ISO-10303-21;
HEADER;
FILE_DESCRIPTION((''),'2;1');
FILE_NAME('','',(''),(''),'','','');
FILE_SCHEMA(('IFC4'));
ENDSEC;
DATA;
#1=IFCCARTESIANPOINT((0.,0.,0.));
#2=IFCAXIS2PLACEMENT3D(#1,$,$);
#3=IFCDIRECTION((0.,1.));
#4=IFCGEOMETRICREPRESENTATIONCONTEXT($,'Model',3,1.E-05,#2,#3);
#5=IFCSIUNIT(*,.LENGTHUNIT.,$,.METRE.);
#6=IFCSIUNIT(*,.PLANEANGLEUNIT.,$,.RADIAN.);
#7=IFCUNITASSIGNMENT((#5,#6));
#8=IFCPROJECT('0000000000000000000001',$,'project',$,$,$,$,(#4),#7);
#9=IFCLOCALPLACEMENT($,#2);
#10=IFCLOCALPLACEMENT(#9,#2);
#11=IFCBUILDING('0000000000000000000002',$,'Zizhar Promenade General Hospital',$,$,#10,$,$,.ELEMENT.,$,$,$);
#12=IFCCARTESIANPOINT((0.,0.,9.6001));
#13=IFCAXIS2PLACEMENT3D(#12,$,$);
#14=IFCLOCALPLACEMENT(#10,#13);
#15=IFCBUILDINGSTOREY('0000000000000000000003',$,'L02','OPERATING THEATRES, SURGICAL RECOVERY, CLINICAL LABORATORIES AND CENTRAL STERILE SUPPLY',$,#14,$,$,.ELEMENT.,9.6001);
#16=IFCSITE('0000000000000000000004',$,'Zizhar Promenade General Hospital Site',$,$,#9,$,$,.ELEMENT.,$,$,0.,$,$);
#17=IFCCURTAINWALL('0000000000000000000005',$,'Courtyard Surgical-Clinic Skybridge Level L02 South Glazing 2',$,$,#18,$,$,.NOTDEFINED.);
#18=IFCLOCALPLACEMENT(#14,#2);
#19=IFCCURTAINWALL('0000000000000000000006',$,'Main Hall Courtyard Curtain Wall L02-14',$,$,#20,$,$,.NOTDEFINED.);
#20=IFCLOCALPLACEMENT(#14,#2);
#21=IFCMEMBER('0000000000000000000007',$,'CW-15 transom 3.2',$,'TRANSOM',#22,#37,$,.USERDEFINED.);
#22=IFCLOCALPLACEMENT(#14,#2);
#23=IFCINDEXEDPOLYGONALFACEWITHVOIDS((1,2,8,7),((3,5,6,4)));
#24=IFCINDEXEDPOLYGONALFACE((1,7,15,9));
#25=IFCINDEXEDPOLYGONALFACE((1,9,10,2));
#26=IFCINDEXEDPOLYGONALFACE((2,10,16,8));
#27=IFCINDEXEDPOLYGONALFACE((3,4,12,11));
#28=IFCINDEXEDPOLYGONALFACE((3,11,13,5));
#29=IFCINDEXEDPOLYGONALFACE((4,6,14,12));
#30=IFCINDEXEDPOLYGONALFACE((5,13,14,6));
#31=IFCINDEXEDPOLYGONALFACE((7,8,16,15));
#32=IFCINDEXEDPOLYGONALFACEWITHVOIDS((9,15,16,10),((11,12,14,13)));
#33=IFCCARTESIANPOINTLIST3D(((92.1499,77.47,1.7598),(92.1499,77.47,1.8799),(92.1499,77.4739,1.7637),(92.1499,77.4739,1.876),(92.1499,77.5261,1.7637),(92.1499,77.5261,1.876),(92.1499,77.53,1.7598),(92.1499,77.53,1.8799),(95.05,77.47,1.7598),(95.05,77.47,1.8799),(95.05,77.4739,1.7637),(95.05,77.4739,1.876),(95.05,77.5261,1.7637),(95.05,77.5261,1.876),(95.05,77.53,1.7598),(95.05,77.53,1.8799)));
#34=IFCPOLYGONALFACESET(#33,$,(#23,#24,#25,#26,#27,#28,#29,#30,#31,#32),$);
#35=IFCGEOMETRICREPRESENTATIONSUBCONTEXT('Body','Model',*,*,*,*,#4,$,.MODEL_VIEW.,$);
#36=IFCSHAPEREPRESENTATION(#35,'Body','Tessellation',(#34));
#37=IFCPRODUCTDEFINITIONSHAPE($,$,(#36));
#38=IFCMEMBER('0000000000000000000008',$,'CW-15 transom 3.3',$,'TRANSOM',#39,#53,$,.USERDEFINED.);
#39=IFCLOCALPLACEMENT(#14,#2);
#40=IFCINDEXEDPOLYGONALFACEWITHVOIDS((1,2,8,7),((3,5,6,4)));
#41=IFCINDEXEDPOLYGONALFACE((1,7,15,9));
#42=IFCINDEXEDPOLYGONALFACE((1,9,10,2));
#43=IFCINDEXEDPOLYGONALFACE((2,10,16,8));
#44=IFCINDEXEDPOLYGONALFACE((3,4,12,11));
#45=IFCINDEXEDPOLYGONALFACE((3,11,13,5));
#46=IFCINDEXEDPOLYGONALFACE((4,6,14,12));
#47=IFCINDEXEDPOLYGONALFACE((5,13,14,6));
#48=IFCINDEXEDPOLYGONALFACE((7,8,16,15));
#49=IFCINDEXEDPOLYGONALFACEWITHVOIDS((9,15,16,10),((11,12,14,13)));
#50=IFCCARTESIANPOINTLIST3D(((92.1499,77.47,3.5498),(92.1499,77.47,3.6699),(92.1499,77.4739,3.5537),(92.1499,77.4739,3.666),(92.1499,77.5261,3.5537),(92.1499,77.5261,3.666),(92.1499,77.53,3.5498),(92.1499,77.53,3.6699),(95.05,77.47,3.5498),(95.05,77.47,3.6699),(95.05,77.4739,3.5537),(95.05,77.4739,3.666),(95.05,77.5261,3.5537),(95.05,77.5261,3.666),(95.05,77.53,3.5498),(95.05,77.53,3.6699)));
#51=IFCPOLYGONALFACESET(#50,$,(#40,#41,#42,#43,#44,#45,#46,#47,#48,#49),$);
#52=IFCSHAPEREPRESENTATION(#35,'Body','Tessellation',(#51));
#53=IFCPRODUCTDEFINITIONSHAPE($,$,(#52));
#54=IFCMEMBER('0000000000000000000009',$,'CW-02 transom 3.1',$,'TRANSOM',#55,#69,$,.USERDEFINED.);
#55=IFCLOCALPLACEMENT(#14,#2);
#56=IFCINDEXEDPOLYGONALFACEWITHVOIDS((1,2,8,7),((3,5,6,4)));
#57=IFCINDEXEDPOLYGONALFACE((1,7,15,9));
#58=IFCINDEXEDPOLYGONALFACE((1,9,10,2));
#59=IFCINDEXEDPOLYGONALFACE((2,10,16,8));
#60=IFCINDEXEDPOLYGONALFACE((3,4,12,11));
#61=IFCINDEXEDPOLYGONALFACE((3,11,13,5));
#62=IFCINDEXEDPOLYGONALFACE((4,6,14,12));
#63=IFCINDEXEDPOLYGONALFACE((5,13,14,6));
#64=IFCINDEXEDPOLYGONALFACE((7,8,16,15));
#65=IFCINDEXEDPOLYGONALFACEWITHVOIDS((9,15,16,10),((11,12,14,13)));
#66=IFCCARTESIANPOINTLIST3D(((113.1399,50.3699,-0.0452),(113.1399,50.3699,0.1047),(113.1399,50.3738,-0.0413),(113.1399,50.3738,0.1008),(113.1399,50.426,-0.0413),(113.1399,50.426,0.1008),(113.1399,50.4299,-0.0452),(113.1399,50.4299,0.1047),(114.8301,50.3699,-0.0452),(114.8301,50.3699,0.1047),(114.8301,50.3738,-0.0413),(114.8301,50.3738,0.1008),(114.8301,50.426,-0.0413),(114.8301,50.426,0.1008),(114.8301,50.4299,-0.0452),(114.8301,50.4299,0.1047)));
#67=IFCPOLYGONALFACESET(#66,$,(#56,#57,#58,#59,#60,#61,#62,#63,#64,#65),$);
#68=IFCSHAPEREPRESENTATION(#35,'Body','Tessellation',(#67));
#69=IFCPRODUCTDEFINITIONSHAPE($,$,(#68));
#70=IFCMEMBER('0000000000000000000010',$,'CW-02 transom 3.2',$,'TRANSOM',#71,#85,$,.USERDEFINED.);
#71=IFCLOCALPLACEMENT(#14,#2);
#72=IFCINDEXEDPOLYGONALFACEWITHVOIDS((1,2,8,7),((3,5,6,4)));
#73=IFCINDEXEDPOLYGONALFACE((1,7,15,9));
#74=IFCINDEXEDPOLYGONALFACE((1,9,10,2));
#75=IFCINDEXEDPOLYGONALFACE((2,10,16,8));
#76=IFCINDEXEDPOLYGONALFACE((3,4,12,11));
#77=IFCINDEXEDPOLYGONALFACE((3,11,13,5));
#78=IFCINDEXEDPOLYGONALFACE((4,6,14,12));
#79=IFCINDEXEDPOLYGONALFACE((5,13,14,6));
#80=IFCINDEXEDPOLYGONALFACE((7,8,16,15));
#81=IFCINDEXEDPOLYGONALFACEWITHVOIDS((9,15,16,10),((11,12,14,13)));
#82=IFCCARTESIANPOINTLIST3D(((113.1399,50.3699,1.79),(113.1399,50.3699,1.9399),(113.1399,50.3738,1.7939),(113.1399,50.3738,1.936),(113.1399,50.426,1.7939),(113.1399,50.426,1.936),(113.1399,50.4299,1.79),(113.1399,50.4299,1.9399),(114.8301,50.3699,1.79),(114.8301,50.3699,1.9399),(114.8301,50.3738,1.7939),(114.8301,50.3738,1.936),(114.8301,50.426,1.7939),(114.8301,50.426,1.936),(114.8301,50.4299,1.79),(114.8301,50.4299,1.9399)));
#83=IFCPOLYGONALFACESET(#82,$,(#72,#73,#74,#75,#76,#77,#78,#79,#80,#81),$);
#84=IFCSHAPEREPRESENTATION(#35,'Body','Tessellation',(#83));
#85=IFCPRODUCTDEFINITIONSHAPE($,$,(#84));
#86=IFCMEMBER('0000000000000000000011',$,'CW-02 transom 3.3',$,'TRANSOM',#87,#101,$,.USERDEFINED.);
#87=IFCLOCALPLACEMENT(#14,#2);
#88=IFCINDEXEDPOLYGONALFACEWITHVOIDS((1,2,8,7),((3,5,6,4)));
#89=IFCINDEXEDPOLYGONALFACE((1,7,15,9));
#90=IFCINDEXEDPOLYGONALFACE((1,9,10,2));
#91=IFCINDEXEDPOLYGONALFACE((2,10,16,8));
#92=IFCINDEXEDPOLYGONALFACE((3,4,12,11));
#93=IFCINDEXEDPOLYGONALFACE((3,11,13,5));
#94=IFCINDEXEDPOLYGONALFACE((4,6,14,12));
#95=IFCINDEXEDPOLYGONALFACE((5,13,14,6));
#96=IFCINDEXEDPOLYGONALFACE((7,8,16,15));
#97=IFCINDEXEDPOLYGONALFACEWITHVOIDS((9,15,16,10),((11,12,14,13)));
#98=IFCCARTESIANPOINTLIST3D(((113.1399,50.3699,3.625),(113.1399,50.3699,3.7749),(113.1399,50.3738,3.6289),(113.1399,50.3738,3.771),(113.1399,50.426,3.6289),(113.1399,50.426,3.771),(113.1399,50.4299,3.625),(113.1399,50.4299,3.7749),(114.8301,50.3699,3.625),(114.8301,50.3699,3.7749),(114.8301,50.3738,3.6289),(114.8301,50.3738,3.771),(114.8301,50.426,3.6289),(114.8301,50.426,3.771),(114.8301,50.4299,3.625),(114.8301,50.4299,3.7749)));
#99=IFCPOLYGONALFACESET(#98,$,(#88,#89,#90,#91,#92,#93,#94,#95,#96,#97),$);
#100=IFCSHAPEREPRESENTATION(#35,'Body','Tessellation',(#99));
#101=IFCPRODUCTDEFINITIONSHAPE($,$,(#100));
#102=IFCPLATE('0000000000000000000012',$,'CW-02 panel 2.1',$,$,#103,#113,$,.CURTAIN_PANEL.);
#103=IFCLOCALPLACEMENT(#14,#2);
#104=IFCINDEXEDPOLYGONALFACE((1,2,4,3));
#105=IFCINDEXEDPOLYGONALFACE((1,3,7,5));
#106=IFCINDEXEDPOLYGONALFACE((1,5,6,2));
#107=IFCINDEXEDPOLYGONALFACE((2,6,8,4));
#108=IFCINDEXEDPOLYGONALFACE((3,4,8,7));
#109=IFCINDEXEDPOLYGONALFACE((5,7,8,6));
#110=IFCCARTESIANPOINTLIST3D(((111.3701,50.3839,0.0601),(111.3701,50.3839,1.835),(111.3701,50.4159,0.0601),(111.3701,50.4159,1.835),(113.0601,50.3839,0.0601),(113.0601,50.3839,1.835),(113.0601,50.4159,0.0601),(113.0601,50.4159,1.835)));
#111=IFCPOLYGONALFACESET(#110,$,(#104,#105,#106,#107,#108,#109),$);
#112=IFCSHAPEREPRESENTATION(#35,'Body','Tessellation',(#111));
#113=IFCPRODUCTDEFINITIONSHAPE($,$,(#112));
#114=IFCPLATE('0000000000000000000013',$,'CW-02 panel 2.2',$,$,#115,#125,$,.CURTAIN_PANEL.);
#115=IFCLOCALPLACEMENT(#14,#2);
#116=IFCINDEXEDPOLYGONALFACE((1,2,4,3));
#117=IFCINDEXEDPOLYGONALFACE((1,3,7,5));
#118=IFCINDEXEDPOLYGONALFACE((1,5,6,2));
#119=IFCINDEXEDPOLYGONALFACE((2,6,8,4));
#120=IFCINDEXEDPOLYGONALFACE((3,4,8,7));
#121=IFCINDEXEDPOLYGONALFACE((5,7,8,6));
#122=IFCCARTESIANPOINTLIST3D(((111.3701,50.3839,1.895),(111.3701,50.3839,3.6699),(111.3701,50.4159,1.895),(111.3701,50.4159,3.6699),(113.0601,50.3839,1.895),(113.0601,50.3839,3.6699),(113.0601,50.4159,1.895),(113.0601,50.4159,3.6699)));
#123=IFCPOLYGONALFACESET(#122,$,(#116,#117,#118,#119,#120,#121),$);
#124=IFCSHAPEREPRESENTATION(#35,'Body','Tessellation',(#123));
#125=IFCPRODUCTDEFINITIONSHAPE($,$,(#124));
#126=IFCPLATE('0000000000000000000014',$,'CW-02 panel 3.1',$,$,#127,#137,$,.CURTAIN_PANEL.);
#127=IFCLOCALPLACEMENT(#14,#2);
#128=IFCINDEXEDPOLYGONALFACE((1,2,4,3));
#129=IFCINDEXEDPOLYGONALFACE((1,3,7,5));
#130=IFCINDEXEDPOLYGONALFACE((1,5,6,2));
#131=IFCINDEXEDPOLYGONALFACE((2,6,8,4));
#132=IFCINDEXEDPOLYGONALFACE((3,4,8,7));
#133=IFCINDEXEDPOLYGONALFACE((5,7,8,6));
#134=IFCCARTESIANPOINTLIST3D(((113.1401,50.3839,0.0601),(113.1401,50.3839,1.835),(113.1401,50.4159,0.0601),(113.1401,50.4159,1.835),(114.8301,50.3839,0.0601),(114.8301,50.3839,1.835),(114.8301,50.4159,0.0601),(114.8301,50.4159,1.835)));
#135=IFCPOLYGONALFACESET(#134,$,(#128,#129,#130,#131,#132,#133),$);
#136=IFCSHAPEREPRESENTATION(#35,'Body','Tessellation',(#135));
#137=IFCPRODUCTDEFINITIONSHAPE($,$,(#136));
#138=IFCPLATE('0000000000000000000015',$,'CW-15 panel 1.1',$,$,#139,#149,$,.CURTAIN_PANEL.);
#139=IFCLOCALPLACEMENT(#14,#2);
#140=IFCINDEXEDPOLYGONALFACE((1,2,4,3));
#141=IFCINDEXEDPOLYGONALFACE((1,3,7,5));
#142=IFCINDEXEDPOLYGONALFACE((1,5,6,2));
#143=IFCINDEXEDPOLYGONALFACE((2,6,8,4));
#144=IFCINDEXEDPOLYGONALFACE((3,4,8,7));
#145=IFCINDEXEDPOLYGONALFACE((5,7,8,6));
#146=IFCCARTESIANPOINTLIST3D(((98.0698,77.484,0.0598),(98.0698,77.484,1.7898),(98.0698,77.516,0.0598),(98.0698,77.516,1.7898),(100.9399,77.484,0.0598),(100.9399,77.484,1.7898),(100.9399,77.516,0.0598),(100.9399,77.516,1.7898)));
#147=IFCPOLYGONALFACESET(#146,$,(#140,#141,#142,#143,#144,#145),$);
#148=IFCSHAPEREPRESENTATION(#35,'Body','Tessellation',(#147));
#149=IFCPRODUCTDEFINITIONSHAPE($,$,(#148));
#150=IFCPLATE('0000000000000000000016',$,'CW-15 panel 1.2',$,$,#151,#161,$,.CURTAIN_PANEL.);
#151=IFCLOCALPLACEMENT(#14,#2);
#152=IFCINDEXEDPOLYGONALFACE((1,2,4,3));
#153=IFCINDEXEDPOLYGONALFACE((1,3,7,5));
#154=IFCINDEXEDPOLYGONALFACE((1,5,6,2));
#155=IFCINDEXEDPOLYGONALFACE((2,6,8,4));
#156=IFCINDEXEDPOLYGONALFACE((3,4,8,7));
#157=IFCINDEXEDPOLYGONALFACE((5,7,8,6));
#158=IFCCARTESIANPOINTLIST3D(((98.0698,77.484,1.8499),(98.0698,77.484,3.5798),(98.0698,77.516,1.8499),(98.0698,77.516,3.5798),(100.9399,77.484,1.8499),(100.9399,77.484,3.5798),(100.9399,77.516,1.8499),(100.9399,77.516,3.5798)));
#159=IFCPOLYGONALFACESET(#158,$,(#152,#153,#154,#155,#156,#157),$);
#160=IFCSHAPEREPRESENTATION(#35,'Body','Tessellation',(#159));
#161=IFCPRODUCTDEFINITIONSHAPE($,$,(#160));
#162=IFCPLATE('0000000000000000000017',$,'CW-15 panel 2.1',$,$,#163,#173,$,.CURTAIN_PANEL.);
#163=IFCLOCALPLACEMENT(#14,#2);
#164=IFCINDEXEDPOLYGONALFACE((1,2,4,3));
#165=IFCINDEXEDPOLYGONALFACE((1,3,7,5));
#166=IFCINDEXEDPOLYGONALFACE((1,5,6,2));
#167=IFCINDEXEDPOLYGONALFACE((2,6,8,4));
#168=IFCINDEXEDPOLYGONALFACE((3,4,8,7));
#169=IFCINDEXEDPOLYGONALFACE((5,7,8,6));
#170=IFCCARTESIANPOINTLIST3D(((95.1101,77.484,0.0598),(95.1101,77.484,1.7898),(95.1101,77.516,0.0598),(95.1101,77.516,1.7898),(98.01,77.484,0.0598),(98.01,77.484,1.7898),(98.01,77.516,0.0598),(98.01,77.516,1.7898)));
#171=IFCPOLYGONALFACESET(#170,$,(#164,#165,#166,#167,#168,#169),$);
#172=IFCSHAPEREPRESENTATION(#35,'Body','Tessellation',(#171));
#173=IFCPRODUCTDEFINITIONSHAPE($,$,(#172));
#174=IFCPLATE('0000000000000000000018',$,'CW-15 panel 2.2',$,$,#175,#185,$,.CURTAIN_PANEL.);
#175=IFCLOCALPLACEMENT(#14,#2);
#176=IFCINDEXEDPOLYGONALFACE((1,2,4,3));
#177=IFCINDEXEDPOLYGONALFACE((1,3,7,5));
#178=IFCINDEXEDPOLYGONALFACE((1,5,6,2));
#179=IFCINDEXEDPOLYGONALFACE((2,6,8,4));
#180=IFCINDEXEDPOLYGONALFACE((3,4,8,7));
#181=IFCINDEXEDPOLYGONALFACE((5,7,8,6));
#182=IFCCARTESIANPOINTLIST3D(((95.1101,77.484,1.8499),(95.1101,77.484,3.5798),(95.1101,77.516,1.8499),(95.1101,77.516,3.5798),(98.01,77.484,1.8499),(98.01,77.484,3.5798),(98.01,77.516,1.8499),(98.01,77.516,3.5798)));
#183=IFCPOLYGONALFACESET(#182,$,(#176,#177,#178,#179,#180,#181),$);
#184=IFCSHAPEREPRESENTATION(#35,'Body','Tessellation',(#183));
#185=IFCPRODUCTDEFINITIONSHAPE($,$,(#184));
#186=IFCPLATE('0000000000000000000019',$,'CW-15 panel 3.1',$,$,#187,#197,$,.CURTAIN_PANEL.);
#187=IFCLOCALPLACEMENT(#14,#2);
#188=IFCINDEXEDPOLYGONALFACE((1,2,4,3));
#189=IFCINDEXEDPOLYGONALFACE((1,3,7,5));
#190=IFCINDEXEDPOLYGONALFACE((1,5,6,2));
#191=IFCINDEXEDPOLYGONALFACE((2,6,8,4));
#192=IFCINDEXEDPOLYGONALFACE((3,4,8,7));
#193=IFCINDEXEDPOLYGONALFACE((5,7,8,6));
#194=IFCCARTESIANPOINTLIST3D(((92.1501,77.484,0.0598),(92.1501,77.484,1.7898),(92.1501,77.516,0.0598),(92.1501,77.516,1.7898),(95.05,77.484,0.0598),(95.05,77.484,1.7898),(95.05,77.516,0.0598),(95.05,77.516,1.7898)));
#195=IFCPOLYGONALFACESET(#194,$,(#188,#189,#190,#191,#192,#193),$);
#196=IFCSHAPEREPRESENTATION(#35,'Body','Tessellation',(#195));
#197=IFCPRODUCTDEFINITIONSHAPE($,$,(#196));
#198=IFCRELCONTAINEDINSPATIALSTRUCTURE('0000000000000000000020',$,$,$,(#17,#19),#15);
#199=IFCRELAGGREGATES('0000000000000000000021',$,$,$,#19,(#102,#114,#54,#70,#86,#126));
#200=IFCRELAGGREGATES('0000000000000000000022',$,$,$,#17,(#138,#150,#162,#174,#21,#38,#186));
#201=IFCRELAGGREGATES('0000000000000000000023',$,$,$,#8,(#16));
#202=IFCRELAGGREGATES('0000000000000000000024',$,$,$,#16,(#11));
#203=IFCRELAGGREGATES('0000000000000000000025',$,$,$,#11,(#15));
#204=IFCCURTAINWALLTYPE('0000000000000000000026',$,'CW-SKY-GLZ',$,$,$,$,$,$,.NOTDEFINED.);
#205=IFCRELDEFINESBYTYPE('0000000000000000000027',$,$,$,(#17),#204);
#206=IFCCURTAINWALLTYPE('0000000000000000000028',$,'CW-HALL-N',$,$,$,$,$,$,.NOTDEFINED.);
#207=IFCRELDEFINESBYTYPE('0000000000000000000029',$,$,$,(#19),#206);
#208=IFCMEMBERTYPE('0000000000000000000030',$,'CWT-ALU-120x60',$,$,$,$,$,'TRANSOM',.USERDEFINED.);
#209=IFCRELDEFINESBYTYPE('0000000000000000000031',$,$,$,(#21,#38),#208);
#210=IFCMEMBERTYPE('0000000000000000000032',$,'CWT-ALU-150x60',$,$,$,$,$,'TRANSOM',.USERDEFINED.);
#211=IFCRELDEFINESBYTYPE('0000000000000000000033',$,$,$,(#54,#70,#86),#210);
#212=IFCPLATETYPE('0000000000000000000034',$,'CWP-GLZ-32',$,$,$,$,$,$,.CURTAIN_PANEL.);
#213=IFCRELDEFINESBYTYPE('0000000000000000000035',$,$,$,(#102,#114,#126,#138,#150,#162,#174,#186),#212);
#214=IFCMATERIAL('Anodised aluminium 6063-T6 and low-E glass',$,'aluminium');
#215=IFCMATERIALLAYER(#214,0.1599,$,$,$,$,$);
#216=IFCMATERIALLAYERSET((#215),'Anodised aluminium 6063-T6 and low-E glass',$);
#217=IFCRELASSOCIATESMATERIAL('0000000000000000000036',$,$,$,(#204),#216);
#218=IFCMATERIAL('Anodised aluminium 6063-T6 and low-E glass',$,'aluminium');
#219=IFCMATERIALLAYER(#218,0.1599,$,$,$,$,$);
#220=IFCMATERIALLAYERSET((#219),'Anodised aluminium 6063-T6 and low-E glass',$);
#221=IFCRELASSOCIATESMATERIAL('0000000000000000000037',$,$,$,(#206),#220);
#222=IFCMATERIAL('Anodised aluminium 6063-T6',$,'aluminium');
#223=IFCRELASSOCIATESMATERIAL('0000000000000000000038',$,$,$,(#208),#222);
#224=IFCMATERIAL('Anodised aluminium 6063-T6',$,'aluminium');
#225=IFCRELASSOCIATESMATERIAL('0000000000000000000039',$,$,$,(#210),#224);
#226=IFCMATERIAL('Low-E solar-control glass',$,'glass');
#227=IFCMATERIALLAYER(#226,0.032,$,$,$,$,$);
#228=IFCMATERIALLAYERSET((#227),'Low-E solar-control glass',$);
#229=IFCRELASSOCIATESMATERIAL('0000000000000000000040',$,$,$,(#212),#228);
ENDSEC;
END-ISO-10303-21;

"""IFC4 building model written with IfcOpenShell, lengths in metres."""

from ifc_helpers import new_model, si_unit, direction, frame, origin, origin_2d, place, context, subcontext, project, spatial, rectangle, hollow_rectangle, extrude, material, layer, layer_set, material_profile, profile_set, type_object, element, aggregate, save


model = new_model("IFC4")

# Units and contexts
model_context = context("Model", 3, precision=1e-05, world=origin(), true_north=direction((0.0, 1.0)))
body_context = subcontext(model_context, "Body", "Model", "MODEL_VIEW")
ifc_project = project(units=[si_unit("LENGTHUNIT", "METRE"), si_unit("PLANEANGLEUNIT", "RADIAN")], contexts=[model_context])

# Site, building, storey
site_placement = place(None, origin())
site = spatial("IfcSite", under=ifc_project, at=site_placement, Name="Zizhar Promenade General Hospital Site", CompositionType="ELEMENT", RefElevation=0.0)
building_placement = place(site_placement, origin())
building = spatial("IfcBuilding", under=site, at=building_placement, Name="Zizhar Promenade General Hospital", CompositionType="ELEMENT")
storey_placement = place(building_placement, frame((0.0, 0.0, 9.6001)))
storey = spatial("IfcBuildingStorey", under=building, at=storey_placement, Name="L02", Description="OPERATING THEATRES, SURGICAL RECOVERY, CLINICAL LABORATORIES AND CENTRAL STERILE SUPPLY", CompositionType="ELEMENT", Elevation=9.6001)

# Curtain wall
ifc_material_1 = material(Name="Anodised aluminium 6063-T6 and low-E glass", Category="aluminium")
ifc_layer_1 = layer(ifc_material_1, 0.1599)
ifc_layer_set_1 = layer_set([ifc_layer_1], Name="Anodised aluminium 6063-T6 and low-E glass")
curtain_wall_type_1 = type_object("IfcCurtainWallType", Name="CW-SKY-GLZ", PredefinedType="NOTDEFINED", material=ifc_layer_set_1)
curtain_wall_1_placement = place(storey_placement, origin())
curtain_wall_1 = element("IfcCurtainWall", 1, at=curtain_wall_1_placement, inside=storey, type_object=curtain_wall_type_1, Name="Courtyard Surgical-Clinic Skybridge Level L02 South Glazing 2", PredefinedType="NOTDEFINED")

# Curtain wall
ifc_material_2 = material(Name="Anodised aluminium 6063-T6 and low-E glass", Category="aluminium")
ifc_layer_2 = layer(ifc_material_2, 0.1599)
ifc_layer_set_2 = layer_set([ifc_layer_2], Name="Anodised aluminium 6063-T6 and low-E glass")
curtain_wall_type_2 = type_object("IfcCurtainWallType", Name="CW-HALL-N", PredefinedType="NOTDEFINED", material=ifc_layer_set_2)
curtain_wall_2_placement = place(storey_placement, origin())
curtain_wall_2 = element("IfcCurtainWall", 2, at=curtain_wall_2_placement, inside=storey, type_object=curtain_wall_type_2, Name="Main Hall Courtyard Curtain Wall L02-14", PredefinedType="NOTDEFINED")

# Members
ifc_material_3 = material(Name="Anodised aluminium 6063-T6", Category="aluminium")
ifc_material_profile_1 = material_profile(ifc_material_3, hollow_rectangle(XDim=0.0601, YDim=0.1201, WallThickness=0.0039, at=origin_2d()))
ifc_profile_set_1 = profile_set([ifc_material_profile_1], Name="Anodised aluminium 6063-T6")
member_type_1 = type_object("IfcMemberType", Name="CWT-ALU-120x60", ElementType="TRANSOM", PredefinedType="USERDEFINED", material=ifc_profile_set_1)
member_1_placement = place(storey_placement, frame((95.05, 77.5, 1.8198), z_axis=(-1.0, 0.0, 0.0), x_axis=(0.0, -1.0, 0.0)))
member_1 = element("IfcMember", 3, at=member_1_placement, type_object=member_type_1, Name="CW-15 transom 3.2", ObjectType="TRANSOM", PredefinedType="USERDEFINED", context=body_context, shape_type="SweptSolid", body=[
    extrude(hollow_rectangle(XDim=0.0601, YDim=0.1201, WallThickness=0.0039, at=origin_2d()), origin(), (0.0, 0.0, 1.0), 2.9001),
])
member_2_placement = place(storey_placement, frame((95.05, 77.5, 3.6099), z_axis=(-1.0, 0.0, 0.0), x_axis=(0.0, -1.0, 0.0)))
member_2 = element("IfcMember", 4, at=member_2_placement, type_object=member_type_1, Name="CW-15 transom 3.3", ObjectType="TRANSOM", PredefinedType="USERDEFINED", context=body_context, shape_type="SweptSolid", body=[
    extrude(hollow_rectangle(XDim=0.0601, YDim=0.1201, WallThickness=0.0039, at=origin_2d()), origin(), (0.0, 0.0, 1.0), 2.9001),
])
ifc_material_4 = material(Name="Anodised aluminium 6063-T6", Category="aluminium")
ifc_material_profile_2 = material_profile(ifc_material_4, hollow_rectangle(XDim=0.0601, YDim=0.1499, WallThickness=0.0039, at=origin_2d()))
ifc_profile_set_2 = profile_set([ifc_material_profile_2], Name="Anodised aluminium 6063-T6")
member_type_2 = type_object("IfcMemberType", Name="CWT-ALU-150x60", ElementType="TRANSOM", PredefinedType="USERDEFINED", material=ifc_profile_set_2)
member_3_placement = place(storey_placement, frame((113.1399, 50.3999, 0.0298), z_axis=(1.0, 0.0, 0.0), x_axis=(0.0, 1.0, 0.0)))
member_3 = element("IfcMember", 5, at=member_3_placement, type_object=member_type_2, Name="CW-02 transom 3.1", ObjectType="TRANSOM", PredefinedType="USERDEFINED", context=body_context, shape_type="SweptSolid", body=[
    extrude(hollow_rectangle(XDim=0.0601, YDim=0.1499, WallThickness=0.0039, at=origin_2d()), origin(), (0.0, 0.0, 1.0), 1.6902),
])
member_4_placement = place(storey_placement, frame((113.1399, 50.3999, 1.865), z_axis=(1.0, 0.0, 0.0), x_axis=(0.0, 1.0, 0.0)))
member_4 = element("IfcMember", 6, at=member_4_placement, type_object=member_type_2, Name="CW-02 transom 3.2", ObjectType="TRANSOM", PredefinedType="USERDEFINED", context=body_context, shape_type="SweptSolid", body=[
    extrude(hollow_rectangle(XDim=0.0601, YDim=0.1499, WallThickness=0.0039, at=origin_2d()), origin(), (0.0, 0.0, 1.0), 1.6902),
])
member_5_placement = place(storey_placement, frame((113.1399, 50.3999, 3.7), z_axis=(1.0, 0.0, 0.0), x_axis=(0.0, 1.0, 0.0)))
member_5 = element("IfcMember", 7, at=member_5_placement, type_object=member_type_2, Name="CW-02 transom 3.3", ObjectType="TRANSOM", PredefinedType="USERDEFINED", context=body_context, shape_type="SweptSolid", body=[
    extrude(hollow_rectangle(XDim=0.0601, YDim=0.1499, WallThickness=0.0039, at=origin_2d()), origin(), (0.0, 0.0, 1.0), 1.6902),
])

# Plates
ifc_material_5 = material(Name="Low-E solar-control glass", Category="glass")
ifc_layer_3 = layer(ifc_material_5, 0.032)
ifc_layer_set_3 = layer_set([ifc_layer_3], Name="Low-E solar-control glass")
plate_type = type_object("IfcPlateType", Name="CWP-GLZ-32", PredefinedType="CURTAIN_PANEL", material=ifc_layer_set_3)
plate_1_placement = place(storey_placement, frame((112.2151, 50.3999, 0.0601), z_axis=(0.0, 0.0, 1.0), x_axis=(1.0, 0.0, 0.0)))
plate_1 = element("IfcPlate", 8, at=plate_1_placement, type_object=plate_type, Name="CW-02 panel 2.1", PredefinedType="CURTAIN_PANEL", context=body_context, shape_type="SweptSolid", body=[
    extrude(rectangle(XDim=1.6899, YDim=0.032, at=origin_2d()), origin(), (0.0, 0.0, 1.0), 1.7749),
])
plate_2_placement = place(storey_placement, frame((112.2151, 50.3999, 1.895), z_axis=(0.0, 0.0, 1.0), x_axis=(1.0, 0.0, 0.0)))
plate_2 = element("IfcPlate", 9, at=plate_2_placement, type_object=plate_type, Name="CW-02 panel 2.2", PredefinedType="CURTAIN_PANEL", context=body_context, shape_type="SweptSolid", body=[
    extrude(rectangle(XDim=1.6899, YDim=0.032, at=origin_2d()), origin(), (0.0, 0.0, 1.0), 1.7749),
])
plate_3_placement = place(storey_placement, frame((113.9851, 50.3999, 0.0601), z_axis=(0.0, 0.0, 1.0), x_axis=(1.0, 0.0, 0.0)))
plate_3 = element("IfcPlate", 10, at=plate_3_placement, type_object=plate_type, Name="CW-02 panel 3.1", PredefinedType="CURTAIN_PANEL", context=body_context, shape_type="SweptSolid", body=[
    extrude(rectangle(XDim=1.6899, YDim=0.032, at=origin_2d()), origin(), (0.0, 0.0, 1.0), 1.7749),
])
aggregate(curtain_wall_2, [plate_1, plate_2, member_3, member_4, member_5, plate_3])
plate_4_placement = place(storey_placement, frame((99.5049, 77.5, 0.0598), z_axis=(0.0, 0.0, 1.0), x_axis=(-1.0, 0.0, 0.0)))
plate_4 = element("IfcPlate", 11, at=plate_4_placement, type_object=plate_type, Name="CW-15 panel 1.1", PredefinedType="CURTAIN_PANEL", context=body_context, shape_type="SweptSolid", body=[
    extrude(rectangle(XDim=2.8701, YDim=0.032, at=origin_2d()), origin(), (0.0, 0.0, 1.0), 1.73),
])
plate_5_placement = place(storey_placement, frame((99.5049, 77.5, 1.8499), z_axis=(0.0, 0.0, 1.0), x_axis=(-1.0, 0.0, 0.0)))
plate_5 = element("IfcPlate", 12, at=plate_5_placement, type_object=plate_type, Name="CW-15 panel 1.2", PredefinedType="CURTAIN_PANEL", context=body_context, shape_type="SweptSolid", body=[
    extrude(rectangle(XDim=2.8701, YDim=0.032, at=origin_2d()), origin(), (0.0, 0.0, 1.0), 1.73),
])
plate_6_placement = place(storey_placement, frame((96.5601, 77.5, 0.0598), z_axis=(0.0, 0.0, 1.0), x_axis=(-1.0, 0.0, 0.0)))
plate_6 = element("IfcPlate", 13, at=plate_6_placement, type_object=plate_type, Name="CW-15 panel 2.1", PredefinedType="CURTAIN_PANEL", context=body_context, shape_type="SweptSolid", body=[
    extrude(rectangle(XDim=2.8999, YDim=0.032, at=origin_2d()), origin(), (0.0, 0.0, 1.0), 1.73),
])
plate_7_placement = place(storey_placement, frame((96.5601, 77.5, 1.8499), z_axis=(0.0, 0.0, 1.0), x_axis=(-1.0, 0.0, 0.0)))
plate_7 = element("IfcPlate", 14, at=plate_7_placement, type_object=plate_type, Name="CW-15 panel 2.2", PredefinedType="CURTAIN_PANEL", context=body_context, shape_type="SweptSolid", body=[
    extrude(rectangle(XDim=2.8999, YDim=0.032, at=origin_2d()), origin(), (0.0, 0.0, 1.0), 1.73),
])
plate_8_placement = place(storey_placement, frame((93.6001, 77.5, 0.0598), z_axis=(0.0, 0.0, 1.0), x_axis=(-1.0, 0.0, 0.0)))
plate_8 = element("IfcPlate", 15, at=plate_8_placement, type_object=plate_type, Name="CW-15 panel 3.1", PredefinedType="CURTAIN_PANEL", context=body_context, shape_type="SweptSolid", body=[
    extrude(rectangle(XDim=2.8999, YDim=0.032, at=origin_2d()), origin(), (0.0, 0.0, 1.0), 1.73),
])
aggregate(curtain_wall_1, [plate_4, plate_5, plate_6, plate_7, member_1, member_2, plate_8])

save(model, "model.ifc")
